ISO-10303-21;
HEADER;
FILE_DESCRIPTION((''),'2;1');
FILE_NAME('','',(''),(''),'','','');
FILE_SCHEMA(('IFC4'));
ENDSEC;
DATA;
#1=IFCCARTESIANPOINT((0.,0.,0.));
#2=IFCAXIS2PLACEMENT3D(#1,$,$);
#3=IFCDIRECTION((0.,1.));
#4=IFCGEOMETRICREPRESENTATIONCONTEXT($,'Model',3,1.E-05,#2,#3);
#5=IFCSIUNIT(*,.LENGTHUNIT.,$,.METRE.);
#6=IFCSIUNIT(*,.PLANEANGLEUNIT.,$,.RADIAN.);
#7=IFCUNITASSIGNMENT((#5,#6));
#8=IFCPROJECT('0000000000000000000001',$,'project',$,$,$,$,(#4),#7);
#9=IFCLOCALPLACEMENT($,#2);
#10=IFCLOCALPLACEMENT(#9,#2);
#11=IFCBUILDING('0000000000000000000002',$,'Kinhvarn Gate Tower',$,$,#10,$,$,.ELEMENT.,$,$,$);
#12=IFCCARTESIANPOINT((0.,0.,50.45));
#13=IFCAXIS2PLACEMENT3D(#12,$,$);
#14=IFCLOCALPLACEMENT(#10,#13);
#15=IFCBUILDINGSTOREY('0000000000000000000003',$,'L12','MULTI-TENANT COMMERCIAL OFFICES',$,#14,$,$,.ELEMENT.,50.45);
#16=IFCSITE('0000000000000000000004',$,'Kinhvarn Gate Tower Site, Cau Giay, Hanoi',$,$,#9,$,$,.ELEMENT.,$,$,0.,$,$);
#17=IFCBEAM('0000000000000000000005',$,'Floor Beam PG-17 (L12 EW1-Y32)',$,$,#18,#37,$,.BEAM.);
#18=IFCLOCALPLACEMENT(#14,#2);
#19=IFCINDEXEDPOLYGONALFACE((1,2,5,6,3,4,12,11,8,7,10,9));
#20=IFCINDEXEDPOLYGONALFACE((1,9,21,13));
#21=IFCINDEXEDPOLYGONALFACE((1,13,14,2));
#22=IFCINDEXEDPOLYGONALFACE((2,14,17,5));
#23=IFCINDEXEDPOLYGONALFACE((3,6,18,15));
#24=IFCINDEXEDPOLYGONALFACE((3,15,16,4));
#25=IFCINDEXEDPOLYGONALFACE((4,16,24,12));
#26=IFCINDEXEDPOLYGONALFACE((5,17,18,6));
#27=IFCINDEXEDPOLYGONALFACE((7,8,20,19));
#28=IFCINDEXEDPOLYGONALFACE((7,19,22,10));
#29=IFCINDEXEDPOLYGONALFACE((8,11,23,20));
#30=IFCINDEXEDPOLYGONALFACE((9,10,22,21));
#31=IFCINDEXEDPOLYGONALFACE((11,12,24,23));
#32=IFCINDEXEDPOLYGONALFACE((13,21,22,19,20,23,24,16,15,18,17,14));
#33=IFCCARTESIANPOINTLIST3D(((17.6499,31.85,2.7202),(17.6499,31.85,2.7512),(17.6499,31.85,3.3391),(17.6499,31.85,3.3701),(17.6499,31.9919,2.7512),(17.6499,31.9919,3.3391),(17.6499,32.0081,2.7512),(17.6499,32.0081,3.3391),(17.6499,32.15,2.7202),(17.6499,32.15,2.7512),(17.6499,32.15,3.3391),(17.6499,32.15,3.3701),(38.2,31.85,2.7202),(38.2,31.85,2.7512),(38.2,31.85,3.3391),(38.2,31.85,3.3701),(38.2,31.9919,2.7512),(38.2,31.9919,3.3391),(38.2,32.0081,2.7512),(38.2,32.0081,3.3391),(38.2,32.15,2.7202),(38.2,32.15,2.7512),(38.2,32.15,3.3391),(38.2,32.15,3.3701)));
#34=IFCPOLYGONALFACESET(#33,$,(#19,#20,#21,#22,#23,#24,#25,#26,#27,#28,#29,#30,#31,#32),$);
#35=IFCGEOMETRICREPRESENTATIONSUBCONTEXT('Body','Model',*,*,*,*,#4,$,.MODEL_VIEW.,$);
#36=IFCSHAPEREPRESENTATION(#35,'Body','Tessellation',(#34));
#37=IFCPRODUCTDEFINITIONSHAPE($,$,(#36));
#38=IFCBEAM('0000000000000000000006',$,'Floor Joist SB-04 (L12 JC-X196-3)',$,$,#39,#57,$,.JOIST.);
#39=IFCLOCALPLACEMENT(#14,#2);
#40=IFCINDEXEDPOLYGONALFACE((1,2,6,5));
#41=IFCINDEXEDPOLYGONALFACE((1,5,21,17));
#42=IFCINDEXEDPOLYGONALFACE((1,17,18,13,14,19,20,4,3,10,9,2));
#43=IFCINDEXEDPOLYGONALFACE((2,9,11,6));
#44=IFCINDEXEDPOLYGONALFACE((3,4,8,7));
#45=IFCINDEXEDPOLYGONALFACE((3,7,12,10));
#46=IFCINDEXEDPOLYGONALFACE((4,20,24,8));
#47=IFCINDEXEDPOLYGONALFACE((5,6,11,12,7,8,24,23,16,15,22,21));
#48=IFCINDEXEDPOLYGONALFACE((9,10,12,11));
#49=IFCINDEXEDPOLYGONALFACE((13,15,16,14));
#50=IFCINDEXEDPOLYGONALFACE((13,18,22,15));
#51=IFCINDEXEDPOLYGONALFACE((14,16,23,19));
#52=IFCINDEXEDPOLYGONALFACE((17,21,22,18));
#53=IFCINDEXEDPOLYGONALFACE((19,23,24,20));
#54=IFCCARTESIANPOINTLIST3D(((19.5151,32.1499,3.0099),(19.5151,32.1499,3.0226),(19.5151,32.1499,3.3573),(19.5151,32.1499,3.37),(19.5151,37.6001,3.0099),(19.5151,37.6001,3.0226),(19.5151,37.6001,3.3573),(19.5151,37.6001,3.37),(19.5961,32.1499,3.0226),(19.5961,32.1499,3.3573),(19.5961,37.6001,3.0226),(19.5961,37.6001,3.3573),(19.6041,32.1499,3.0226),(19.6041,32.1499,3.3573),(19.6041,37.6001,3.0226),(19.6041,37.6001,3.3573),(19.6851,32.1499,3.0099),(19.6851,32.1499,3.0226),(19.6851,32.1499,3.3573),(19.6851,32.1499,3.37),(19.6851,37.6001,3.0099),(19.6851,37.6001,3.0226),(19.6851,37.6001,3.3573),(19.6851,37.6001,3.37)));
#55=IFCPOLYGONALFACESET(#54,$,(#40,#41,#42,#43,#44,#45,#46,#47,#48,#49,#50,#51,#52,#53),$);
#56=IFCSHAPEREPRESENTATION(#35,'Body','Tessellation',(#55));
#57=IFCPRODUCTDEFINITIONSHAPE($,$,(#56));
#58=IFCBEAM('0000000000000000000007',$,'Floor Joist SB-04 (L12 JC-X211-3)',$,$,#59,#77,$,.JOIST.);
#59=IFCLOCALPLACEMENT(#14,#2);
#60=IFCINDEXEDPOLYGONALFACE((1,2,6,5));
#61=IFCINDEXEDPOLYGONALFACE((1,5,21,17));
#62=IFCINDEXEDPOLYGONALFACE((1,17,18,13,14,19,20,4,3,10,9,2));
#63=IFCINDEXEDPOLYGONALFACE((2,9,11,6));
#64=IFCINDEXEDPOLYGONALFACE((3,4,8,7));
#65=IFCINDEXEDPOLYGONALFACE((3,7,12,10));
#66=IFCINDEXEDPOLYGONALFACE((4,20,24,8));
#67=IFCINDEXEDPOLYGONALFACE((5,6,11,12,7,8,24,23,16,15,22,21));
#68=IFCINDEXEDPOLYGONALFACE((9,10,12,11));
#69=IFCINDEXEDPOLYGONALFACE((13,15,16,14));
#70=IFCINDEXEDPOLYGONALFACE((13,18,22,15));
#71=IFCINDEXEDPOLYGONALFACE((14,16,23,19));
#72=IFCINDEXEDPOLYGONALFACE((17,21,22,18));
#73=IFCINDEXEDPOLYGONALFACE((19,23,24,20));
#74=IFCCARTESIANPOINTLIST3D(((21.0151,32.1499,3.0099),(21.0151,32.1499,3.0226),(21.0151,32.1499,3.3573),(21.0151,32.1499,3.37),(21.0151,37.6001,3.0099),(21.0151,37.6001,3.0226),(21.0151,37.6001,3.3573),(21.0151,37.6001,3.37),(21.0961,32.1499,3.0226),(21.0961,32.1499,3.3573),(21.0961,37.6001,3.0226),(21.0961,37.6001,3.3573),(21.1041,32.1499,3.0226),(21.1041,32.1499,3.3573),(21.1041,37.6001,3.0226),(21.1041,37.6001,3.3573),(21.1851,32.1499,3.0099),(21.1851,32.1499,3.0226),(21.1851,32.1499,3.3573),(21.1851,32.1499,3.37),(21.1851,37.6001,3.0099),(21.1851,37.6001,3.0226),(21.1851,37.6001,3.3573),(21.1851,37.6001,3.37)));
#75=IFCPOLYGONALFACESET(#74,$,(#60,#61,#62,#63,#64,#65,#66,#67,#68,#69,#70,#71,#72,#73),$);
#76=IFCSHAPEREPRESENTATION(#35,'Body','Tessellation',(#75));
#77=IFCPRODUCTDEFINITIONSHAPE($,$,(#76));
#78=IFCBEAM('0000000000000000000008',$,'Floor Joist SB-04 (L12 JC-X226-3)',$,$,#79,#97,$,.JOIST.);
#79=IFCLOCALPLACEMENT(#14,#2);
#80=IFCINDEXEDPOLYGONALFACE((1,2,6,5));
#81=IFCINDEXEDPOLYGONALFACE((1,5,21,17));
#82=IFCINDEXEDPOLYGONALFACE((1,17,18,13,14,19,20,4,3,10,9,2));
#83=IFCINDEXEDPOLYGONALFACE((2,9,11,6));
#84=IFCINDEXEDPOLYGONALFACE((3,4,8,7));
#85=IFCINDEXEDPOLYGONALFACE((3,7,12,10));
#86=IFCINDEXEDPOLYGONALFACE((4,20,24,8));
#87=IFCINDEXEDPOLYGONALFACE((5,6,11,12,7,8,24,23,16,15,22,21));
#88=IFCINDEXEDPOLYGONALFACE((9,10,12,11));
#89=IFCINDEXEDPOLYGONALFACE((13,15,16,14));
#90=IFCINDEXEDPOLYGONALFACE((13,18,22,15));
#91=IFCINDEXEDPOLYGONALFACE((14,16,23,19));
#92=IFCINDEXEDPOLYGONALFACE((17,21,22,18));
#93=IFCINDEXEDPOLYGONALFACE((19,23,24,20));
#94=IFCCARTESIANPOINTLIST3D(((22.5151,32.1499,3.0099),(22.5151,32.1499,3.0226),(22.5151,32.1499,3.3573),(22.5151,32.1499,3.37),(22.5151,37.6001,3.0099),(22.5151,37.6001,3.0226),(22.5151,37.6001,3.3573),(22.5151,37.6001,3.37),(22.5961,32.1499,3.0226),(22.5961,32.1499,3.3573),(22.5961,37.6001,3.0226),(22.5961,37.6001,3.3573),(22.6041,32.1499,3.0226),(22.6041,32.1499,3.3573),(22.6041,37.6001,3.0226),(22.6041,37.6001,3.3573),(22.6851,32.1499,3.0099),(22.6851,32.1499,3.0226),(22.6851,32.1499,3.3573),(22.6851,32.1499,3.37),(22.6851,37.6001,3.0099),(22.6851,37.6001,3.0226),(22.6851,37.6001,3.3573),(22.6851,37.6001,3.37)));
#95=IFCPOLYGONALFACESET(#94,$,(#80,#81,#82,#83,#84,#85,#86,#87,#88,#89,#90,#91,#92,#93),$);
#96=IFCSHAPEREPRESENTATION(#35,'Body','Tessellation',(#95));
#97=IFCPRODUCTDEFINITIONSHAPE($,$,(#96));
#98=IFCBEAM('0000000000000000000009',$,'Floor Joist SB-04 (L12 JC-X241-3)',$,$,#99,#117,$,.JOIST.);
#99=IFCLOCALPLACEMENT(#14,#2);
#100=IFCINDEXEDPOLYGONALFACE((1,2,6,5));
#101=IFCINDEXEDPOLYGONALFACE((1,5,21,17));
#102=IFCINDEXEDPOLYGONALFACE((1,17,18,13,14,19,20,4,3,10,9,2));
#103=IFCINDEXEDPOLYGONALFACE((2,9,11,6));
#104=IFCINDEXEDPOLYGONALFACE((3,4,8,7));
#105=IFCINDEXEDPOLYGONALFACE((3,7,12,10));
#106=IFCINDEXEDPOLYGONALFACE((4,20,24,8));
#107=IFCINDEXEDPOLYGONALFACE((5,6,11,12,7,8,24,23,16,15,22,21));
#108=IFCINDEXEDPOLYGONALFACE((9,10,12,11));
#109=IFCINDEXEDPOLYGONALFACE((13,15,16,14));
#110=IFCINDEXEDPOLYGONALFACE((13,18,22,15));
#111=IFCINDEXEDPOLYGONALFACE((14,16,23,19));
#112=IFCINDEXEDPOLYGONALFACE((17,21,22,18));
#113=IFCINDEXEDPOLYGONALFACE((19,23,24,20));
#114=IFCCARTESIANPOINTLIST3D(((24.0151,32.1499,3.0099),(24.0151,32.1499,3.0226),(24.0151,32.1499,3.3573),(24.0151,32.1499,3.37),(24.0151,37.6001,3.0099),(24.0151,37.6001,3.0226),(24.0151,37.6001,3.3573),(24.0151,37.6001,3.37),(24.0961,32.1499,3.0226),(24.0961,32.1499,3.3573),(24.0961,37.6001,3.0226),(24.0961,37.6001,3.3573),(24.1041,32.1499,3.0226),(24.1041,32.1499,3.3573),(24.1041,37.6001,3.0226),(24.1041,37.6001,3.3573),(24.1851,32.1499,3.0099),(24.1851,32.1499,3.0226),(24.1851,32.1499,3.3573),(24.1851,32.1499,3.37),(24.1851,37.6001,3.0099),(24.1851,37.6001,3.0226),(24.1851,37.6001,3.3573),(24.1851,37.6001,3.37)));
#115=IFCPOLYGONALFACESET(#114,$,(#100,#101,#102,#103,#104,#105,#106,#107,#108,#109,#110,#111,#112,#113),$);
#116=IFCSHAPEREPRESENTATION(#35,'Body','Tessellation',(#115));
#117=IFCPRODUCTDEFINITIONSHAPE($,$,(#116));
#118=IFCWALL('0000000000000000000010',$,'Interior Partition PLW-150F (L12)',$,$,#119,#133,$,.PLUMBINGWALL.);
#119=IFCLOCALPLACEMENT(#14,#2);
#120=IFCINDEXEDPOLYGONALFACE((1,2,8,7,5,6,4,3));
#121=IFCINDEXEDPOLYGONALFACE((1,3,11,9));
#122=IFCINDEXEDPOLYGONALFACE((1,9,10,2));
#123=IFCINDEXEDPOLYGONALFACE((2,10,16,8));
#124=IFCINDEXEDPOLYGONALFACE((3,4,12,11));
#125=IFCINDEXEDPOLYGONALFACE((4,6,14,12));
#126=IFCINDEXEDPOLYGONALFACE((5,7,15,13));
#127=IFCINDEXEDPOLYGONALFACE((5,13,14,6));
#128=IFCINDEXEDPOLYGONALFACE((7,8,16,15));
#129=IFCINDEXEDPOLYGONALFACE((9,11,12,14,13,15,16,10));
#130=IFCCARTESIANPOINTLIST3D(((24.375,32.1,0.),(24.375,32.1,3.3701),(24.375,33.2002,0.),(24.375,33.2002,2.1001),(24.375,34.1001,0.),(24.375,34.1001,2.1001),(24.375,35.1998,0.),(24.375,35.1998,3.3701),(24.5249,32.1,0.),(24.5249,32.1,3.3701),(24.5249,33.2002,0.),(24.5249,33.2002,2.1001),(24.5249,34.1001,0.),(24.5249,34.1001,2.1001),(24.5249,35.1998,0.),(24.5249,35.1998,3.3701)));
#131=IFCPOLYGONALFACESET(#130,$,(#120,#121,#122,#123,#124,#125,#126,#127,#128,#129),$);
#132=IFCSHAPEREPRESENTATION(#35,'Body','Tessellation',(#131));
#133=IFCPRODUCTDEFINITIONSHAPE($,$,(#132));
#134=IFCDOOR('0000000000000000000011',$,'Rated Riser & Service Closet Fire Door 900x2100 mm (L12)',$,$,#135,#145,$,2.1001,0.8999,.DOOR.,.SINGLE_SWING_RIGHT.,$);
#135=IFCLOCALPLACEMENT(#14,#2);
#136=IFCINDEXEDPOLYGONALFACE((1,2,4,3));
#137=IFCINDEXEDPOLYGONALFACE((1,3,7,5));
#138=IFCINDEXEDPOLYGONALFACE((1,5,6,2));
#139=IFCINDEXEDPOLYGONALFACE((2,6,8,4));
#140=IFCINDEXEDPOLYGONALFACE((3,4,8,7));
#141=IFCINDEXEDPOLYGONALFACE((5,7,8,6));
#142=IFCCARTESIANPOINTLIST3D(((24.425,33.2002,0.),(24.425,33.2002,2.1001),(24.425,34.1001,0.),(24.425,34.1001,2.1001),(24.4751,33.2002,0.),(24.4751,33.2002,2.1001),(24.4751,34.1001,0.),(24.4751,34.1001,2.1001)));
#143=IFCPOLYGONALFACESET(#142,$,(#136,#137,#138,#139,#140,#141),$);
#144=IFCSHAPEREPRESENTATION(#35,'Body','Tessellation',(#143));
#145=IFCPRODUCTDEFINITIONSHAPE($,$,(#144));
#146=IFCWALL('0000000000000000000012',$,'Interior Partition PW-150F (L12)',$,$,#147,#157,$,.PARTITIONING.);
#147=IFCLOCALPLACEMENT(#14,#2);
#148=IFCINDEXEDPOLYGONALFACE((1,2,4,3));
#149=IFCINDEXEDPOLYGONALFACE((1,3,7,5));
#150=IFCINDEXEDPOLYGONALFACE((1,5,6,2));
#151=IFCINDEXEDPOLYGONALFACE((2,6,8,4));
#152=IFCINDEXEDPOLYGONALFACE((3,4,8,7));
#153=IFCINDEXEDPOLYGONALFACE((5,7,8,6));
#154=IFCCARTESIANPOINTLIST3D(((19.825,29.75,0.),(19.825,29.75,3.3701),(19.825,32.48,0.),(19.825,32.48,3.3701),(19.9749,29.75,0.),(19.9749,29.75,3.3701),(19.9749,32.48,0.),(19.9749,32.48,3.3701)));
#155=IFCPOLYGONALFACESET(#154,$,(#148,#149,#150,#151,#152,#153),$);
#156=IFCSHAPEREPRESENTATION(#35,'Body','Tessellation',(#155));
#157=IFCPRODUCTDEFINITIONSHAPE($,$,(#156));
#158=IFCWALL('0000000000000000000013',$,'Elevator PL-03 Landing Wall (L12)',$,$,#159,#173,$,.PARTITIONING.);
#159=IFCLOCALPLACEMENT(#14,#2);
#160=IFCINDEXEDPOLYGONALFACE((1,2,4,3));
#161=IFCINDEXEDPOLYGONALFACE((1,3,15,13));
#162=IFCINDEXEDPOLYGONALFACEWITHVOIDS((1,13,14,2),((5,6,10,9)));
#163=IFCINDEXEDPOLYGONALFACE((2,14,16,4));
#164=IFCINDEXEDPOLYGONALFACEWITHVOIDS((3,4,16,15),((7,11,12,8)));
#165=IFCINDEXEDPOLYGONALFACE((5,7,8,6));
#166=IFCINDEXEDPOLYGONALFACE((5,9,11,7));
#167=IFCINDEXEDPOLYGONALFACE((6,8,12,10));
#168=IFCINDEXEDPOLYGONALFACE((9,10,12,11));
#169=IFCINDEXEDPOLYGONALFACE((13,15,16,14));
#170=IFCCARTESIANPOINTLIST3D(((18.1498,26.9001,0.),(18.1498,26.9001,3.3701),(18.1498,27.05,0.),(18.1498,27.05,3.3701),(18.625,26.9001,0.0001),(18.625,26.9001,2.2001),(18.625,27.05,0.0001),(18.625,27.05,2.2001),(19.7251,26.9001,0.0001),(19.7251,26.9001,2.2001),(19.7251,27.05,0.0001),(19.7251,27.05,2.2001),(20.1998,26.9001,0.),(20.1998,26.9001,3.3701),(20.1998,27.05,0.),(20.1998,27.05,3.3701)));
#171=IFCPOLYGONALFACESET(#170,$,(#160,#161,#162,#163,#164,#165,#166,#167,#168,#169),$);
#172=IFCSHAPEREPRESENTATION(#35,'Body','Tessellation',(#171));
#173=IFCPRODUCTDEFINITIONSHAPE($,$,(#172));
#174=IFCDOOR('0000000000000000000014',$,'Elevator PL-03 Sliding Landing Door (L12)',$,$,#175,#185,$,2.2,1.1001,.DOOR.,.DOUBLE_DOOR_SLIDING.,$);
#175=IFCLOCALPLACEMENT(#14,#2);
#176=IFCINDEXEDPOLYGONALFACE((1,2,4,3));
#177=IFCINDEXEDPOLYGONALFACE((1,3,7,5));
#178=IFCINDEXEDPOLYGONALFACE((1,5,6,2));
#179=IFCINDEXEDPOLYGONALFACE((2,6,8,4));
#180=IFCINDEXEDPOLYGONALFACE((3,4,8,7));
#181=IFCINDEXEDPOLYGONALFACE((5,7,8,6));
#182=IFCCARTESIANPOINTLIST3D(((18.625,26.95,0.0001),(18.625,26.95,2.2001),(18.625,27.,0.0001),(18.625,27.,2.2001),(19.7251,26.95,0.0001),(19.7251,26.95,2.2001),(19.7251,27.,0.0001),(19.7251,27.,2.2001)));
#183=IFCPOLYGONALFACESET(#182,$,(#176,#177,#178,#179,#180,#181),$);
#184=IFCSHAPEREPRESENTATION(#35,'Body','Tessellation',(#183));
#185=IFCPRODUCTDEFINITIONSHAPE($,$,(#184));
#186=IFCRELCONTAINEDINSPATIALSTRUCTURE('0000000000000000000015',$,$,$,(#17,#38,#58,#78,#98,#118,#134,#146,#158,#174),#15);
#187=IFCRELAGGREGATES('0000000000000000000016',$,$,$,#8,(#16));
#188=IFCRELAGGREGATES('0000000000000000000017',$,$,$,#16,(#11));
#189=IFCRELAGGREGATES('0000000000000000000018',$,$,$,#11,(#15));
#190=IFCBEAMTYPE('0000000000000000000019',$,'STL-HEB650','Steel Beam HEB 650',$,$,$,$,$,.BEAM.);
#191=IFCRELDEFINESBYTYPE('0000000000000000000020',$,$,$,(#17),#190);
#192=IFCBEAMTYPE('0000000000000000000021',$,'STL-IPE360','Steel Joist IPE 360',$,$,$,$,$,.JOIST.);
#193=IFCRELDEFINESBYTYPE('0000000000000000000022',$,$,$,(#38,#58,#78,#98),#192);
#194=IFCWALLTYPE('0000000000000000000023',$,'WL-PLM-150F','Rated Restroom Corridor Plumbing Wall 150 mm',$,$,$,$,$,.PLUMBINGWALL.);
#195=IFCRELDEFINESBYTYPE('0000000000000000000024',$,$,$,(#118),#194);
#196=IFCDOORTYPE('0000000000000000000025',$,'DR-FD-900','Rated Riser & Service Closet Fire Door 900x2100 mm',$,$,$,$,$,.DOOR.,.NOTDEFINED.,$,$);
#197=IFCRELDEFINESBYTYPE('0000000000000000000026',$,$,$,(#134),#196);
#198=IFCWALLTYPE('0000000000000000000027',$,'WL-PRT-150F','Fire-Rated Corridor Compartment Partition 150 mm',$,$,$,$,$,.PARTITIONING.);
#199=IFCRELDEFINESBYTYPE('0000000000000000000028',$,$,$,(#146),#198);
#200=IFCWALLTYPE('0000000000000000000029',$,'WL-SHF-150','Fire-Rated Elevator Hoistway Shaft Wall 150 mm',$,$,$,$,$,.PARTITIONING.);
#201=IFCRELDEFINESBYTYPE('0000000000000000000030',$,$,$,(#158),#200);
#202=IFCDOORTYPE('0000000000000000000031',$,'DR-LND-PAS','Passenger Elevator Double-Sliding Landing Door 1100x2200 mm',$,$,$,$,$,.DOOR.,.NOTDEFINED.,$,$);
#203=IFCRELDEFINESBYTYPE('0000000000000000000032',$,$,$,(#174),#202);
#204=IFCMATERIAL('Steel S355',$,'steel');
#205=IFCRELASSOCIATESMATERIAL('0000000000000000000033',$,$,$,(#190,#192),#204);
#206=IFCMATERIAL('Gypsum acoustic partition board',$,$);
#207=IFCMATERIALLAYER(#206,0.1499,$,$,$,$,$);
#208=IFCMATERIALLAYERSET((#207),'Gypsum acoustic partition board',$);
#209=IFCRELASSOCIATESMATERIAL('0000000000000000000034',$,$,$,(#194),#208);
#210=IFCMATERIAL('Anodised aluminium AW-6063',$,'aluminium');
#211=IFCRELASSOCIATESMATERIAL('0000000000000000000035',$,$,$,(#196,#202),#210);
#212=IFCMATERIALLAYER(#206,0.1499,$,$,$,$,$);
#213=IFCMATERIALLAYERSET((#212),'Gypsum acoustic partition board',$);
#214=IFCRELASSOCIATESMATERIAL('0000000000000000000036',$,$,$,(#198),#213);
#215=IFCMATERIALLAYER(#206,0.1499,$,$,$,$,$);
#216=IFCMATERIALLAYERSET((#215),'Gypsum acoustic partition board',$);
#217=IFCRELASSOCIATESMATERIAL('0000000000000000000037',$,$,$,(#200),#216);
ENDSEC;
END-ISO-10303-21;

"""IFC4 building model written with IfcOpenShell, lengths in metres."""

from ifc_helpers import new_model, si_unit, direction, frame, frame_2d, origin, origin_2d, place, context, subcontext, project, spatial, rectangle, i_section, extrude, material, layer, layer_set, material_profile, profile_set, type_object, element, fill, save


model = new_model("IFC4")

# Units and contexts
model_context = context("Model", 3, precision=1e-05, world=origin(), true_north=direction((0.0, 1.0)))
body_context = subcontext(model_context, "Body", "Model", "MODEL_VIEW")
ifc_project = project(units=[si_unit("LENGTHUNIT", "METRE"), si_unit("PLANEANGLEUNIT", "RADIAN")], contexts=[model_context])

# Site, building, storey
site_placement = place(None, origin())
site = spatial("IfcSite", under=ifc_project, at=site_placement, Name="Kinhvarn Gate Tower Site, Cau Giay, Hanoi", CompositionType="ELEMENT", RefElevation=0.0)
building_placement = place(site_placement, origin())
building = spatial("IfcBuilding", under=site, at=building_placement, Name="Kinhvarn Gate Tower", CompositionType="ELEMENT")
storey_placement = place(building_placement, frame((0.0, 0.0, 50.45)))
storey = spatial("IfcBuildingStorey", under=building, at=storey_placement, Name="L12", Description="MULTI-TENANT COMMERCIAL OFFICES", CompositionType="ELEMENT", Elevation=50.45)

# Beams
ifc_material_1 = material(Name="Steel S355", Category="steel")
ifc_material_profile_1 = material_profile(ifc_material_1, i_section(OverallWidth=0.3, OverallDepth=0.6499, WebThickness=0.0161, FlangeThickness=0.031, at=origin_2d()), Name="HEB 650")
ifc_profile_set_1 = profile_set([ifc_material_profile_1], Name="Steel S355")
beam_type_1 = type_object("IfcBeamType", Name="STL-HEB650", Description="Steel Beam HEB 650", PredefinedType="BEAM", material=ifc_profile_set_1)
beam_placement = place(storey_placement, frame((17.6499, 32.0, 3.0452), z_axis=(1.0, 0.0, 0.0), x_axis=(0.0, 1.0, 0.0)))
element("IfcBeam", 1, at=beam_placement, inside=storey, type_object=beam_type_1, Name="Floor Beam PG-17 (L12 EW1-Y32)", PredefinedType="BEAM", context=body_context, shape_type="SweptSolid", body=[
    extrude(i_section(OverallWidth=0.3, OverallDepth=0.6499, WebThickness=0.0161, FlangeThickness=0.031, at=origin_2d()), origin(), (0.0, 0.0, 1.0), 20.55),
])
ifc_material_profile_2 = material_profile(ifc_material_1, i_section(OverallWidth=0.1699, OverallDepth=0.3601, WebThickness=0.0081, FlangeThickness=0.0127, at=origin_2d()), Name="IPE 360")
ifc_profile_set_2 = profile_set([ifc_material_profile_2], Name="Steel S355")
beam_type_2 = type_object("IfcBeamType", Name="STL-IPE360", Description="Steel Joist IPE 360", PredefinedType="JOIST", material=ifc_profile_set_2)
for number, where, z_axis, x_axis, name in (
    (2, (19.6001, 32.1499, 3.1899), (0.0, 1.0, 0.0), (-1.0, 0.0, 0.0), "Floor Joist SB-04 (L12 JC-X196-3)"),
    (3, (21.1001, 32.1499, 3.1899), (0.0, 1.0, 0.0), (-1.0, 0.0, 0.0), "Floor Joist SB-04 (L12 JC-X211-3)"),
    (4, (22.6001, 32.1499, 3.1899), (0.0, 1.0, 0.0), (-1.0, 0.0, 0.0), "Floor Joist SB-04 (L12 JC-X226-3)"),
    (5, (24.1001, 32.1499, 3.1899), (0.0, 1.0, 0.0), (-1.0, 0.0, 0.0), "Floor Joist SB-04 (L12 JC-X241-3)"),
):
    element("IfcBeam", number, at=place(storey_placement, frame(where, z_axis=z_axis, x_axis=x_axis)), inside=storey, type_object=beam_type_2, Name=name, PredefinedType="JOIST", context=body_context, shape_type="SweptSolid", body=[
        extrude(i_section(OverallWidth=0.1699, OverallDepth=0.3601, WebThickness=0.0081, FlangeThickness=0.0127, at=origin_2d()), origin(), (0.0, 0.0, 1.0), 5.4502),
    ])

# Wall, opening, door
ifc_material_2 = material(Name="Gypsum acoustic partition board")
ifc_layer_1 = layer(ifc_material_2, 0.1499)
ifc_layer_set_1 = layer_set([ifc_layer_1], Name="Gypsum acoustic partition board")
wall_type_1 = type_object("IfcWallType", Name="WL-PLM-150F", Description="Rated Restroom Corridor Plumbing Wall 150 mm", PredefinedType="PLUMBINGWALL", material=ifc_layer_set_1)
wall_1_placement = place(storey_placement, frame((24.45, 32.1001, 0.0), z_axis=(0.0, 0.0, 1.0), x_axis=(0.0, 1.0, 0.0)))
wall_1 = element("IfcWall", 6, at=wall_1_placement, inside=storey, type_object=wall_type_1, Name="Interior Partition PLW-150F (L12)", PredefinedType="PLUMBINGWALL", context=body_context, shape_type="SweptSolid", body=[
    extrude(rectangle(XDim=3.0999, YDim=0.1499, at=frame_2d((1.5498, 0.0))), origin(), (0.0, 0.0, 1.0), 3.3701),
])
opening_1_placement = place(wall_1_placement, frame((1.1001, 0.0, 0.0)))
opening_1 = element("IfcOpeningElement", 7, at=opening_1_placement, cuts=wall_1, PredefinedType="OPENING", context=body_context, shape_type="SweptSolid", body=[
    extrude(rectangle(XDim=0.8999, YDim=2.1001, at=frame_2d((0.45, 1.05))), frame((0.0, 0.085, 0.0), z_axis=(0.0, -1.0, 0.0), x_axis=(1.0, 0.0, 0.0)), (0.0, 0.0, 1.0), 0.1699),
])
ifc_material_3 = material(Name="Anodised aluminium AW-6063", Category="aluminium")
door_type_1 = type_object("IfcDoorType", Name="DR-FD-900", Description="Rated Riser & Service Closet Fire Door 900x2100 mm", OperationType="NOTDEFINED", PredefinedType="DOOR", material=ifc_material_3)
door_1_placement = place(opening_1_placement, origin())
door_1 = element("IfcDoor", 8, at=door_1_placement, inside=storey, type_object=door_type_1, Name="Rated Riser & Service Closet Fire Door 900x2100 mm (L12)", OperationType="SINGLE_SWING_RIGHT", OverallHeight=2.1001, OverallWidth=0.8999, PredefinedType="DOOR", context=body_context, shape_type="SweptSolid", body=[
    extrude(rectangle(XDim=0.8999, YDim=2.1001, at=frame_2d((0.45, 1.05))), frame((0.0, 0.0249, 0.0), z_axis=(0.0, -1.0, 0.0), x_axis=(1.0, 0.0, 0.0)), (0.0, 0.0, 1.0), 0.05),
])
fill(opening_1, door_1)
ifc_layer_2 = layer(ifc_material_2, 0.1499)
ifc_layer_set_2 = layer_set([ifc_layer_2], Name="Gypsum acoustic partition board")
wall_type_2 = type_object("IfcWallType", Name="WL-PRT-150F", Description="Fire-Rated Corridor Compartment Partition 150 mm", PredefinedType="PARTITIONING", material=ifc_layer_set_2)

# Wall
wall_2_placement = place(storey_placement, frame((19.8999, 29.75, 0.0), z_axis=(0.0, 0.0, 1.0), x_axis=(0.0, 1.0, 0.0)))
element("IfcWall", 9, at=wall_2_placement, inside=storey, type_object=wall_type_2, Name="Interior Partition PW-150F (L12)", PredefinedType="PARTITIONING", context=body_context, shape_type="SweptSolid", body=[
    extrude(rectangle(XDim=2.73, YDim=0.1499, at=frame_2d((1.365, 0.0))), origin(), (0.0, 0.0, 1.0), 3.3701),
])

# Wall, opening, door
ifc_layer_3 = layer(ifc_material_2, 0.1499)
ifc_layer_set_3 = layer_set([ifc_layer_3], Name="Gypsum acoustic partition board")
wall_type_3 = type_object("IfcWallType", Name="WL-SHF-150", Description="Fire-Rated Elevator Hoistway Shaft Wall 150 mm", PredefinedType="PARTITIONING", material=ifc_layer_set_3)
wall_3_placement = place(storey_placement, frame((18.1499, 26.9751, 0.0), z_axis=(0.0, 0.0, 1.0), x_axis=(1.0, 0.0, 0.0)))
wall_3 = element("IfcWall", 10, at=wall_3_placement, inside=storey, type_object=wall_type_3, Name="Elevator PL-03 Landing Wall (L12)", PredefinedType="PARTITIONING", context=body_context, shape_type="SweptSolid", body=[
    extrude(rectangle(XDim=2.05, YDim=0.1499, at=frame_2d((1.0249, 0.0))), origin(), (0.0, 0.0, 1.0), 3.3701),
])
opening_2_placement = place(wall_3_placement, frame((0.4751, 0.0, 0.0)))
opening_2 = element("IfcOpeningElement", 11, at=opening_2_placement, cuts=wall_3, PredefinedType="OPENING", context=body_context, shape_type="SweptSolid", body=[
    extrude(rectangle(XDim=1.1001, YDim=2.2, at=frame_2d((0.55, 1.1001))), frame((0.0, 0.085, 0.0), z_axis=(0.0, -1.0, 0.0), x_axis=(1.0, 0.0, 0.0)), (0.0, 0.0, 1.0), 0.1699),
])
door_type_2 = type_object("IfcDoorType", Name="DR-LND-PAS", Description="Passenger Elevator Double-Sliding Landing Door 1100x2200 mm", OperationType="NOTDEFINED", PredefinedType="DOOR", material=ifc_material_3)
door_2_placement = place(opening_2_placement, origin())
door_2 = element("IfcDoor", 12, at=door_2_placement, inside=storey, type_object=door_type_2, Name="Elevator PL-03 Sliding Landing Door (L12)", OperationType="DOUBLE_DOOR_SLIDING", OverallHeight=2.2, OverallWidth=1.1001, PredefinedType="DOOR", context=body_context, shape_type="SweptSolid", body=[
    extrude(rectangle(XDim=1.1001, YDim=2.2, at=frame_2d((0.55, 1.1001))), frame((0.0, 0.0249, 0.0), z_axis=(0.0, -1.0, 0.0), x_axis=(1.0, 0.0, 0.0)), (0.0, 0.0, 1.0), 0.05),
])
fill(opening_2, door_2)

save(model, "model.ifc")
